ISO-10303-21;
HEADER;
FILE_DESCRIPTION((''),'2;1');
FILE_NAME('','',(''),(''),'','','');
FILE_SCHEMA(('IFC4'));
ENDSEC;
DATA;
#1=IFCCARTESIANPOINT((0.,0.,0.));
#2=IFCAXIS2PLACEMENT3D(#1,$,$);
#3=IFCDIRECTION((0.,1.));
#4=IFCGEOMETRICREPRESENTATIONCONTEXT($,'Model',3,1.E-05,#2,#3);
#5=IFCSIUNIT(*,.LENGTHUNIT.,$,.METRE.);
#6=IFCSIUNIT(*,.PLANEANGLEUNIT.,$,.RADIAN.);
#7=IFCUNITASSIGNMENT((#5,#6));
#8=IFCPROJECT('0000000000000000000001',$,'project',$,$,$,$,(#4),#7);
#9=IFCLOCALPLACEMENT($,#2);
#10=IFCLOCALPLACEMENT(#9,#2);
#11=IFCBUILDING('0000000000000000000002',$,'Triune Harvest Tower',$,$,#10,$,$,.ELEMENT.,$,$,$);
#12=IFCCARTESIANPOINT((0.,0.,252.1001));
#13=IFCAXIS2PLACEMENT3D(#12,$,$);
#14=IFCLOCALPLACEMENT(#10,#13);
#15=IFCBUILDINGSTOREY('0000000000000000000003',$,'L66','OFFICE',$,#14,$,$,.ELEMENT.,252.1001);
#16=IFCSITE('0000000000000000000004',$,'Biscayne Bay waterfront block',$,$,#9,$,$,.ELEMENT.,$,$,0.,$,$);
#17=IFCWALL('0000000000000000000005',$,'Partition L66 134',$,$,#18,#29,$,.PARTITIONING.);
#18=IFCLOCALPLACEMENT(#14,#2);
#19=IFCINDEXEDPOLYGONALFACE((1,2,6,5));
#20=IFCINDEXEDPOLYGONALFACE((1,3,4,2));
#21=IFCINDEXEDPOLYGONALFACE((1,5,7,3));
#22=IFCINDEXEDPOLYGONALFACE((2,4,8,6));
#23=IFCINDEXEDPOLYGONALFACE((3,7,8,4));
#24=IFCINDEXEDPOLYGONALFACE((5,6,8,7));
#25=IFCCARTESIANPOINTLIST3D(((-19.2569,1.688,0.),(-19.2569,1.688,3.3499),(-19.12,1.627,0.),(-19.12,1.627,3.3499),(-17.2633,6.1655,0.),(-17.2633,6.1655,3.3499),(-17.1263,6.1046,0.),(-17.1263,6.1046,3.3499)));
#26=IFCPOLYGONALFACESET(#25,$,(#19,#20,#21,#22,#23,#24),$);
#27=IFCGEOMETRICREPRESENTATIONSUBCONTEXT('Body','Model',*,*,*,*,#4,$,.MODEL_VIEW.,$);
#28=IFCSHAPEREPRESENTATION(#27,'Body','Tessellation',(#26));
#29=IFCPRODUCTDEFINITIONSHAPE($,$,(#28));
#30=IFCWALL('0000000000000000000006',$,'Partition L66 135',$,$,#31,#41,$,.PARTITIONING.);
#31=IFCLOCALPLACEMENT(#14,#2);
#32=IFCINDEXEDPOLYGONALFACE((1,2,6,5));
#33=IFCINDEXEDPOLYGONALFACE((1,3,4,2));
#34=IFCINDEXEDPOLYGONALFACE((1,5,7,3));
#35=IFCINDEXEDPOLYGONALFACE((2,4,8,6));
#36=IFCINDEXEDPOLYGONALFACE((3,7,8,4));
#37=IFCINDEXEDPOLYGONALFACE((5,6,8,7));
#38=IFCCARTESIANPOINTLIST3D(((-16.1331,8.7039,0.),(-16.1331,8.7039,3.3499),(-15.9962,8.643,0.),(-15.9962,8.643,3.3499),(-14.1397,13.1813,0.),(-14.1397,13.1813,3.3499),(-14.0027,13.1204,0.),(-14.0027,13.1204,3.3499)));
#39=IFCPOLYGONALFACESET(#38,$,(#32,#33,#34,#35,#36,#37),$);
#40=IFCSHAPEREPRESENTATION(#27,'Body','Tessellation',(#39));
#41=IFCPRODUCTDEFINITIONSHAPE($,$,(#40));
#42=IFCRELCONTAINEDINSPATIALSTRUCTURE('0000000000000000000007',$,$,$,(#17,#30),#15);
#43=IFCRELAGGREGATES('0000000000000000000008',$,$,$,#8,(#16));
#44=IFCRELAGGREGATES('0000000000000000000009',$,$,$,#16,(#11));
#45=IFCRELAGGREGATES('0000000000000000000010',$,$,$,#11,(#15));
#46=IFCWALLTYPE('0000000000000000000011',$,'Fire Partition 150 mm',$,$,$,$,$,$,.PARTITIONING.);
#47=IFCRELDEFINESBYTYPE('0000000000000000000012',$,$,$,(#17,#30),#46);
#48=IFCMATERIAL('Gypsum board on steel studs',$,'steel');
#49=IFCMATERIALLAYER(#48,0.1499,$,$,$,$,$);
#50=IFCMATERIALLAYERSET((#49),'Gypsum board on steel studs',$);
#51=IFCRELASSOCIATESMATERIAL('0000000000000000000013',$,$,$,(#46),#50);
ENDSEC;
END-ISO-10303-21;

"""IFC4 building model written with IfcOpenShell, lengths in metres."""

from ifc_helpers import new_model, si_unit, direction, frame, frame_2d, origin, place, context, subcontext, project, spatial, rectangle, extrude, source, transform, mapped, material, layer, layer_set, type_object, element, save


model = new_model("IFC4")

# Units and contexts
model_context = context("Model", 3, precision=1e-05, world=origin(), true_north=direction((0.0, 1.0)))
body_context = subcontext(model_context, "Body", "Model", "MODEL_VIEW")
ifc_project = project(units=[si_unit("LENGTHUNIT", "METRE"), si_unit("PLANEANGLEUNIT", "RADIAN")], contexts=[model_context])

# Site, building, storey
site_placement = place(None, origin())
site = spatial("IfcSite", under=ifc_project, at=site_placement, Name="Biscayne Bay waterfront block", CompositionType="ELEMENT", RefElevation=0.0)
building_placement = place(site_placement, origin())
building = spatial("IfcBuilding", under=site, at=building_placement, Name="Triune Harvest Tower", CompositionType="ELEMENT")
storey_placement = place(building_placement, frame((0.0, 0.0, 252.1001)))
storey = spatial("IfcBuildingStorey", under=building, at=storey_placement, Name="L66", Description="OFFICE", CompositionType="ELEMENT", Elevation=252.1001)

# Shared definitions
ifc_material_1 = material(Name="Gypsum board on steel studs", Category="steel")
ifc_layer_1 = layer(ifc_material_1, 0.1499)
ifc_layer_set_1 = layer_set([ifc_layer_1], Name="Gypsum board on steel studs")
wall_type_1 = type_object("IfcWallType", Name="Fire Partition 150 mm", PredefinedType="PARTITIONING", material=ifc_layer_set_1)

# Walls
shared_shape_1 = source(origin(), body_context, "Body", "SweptSolid", [
    extrude(rectangle(XDim=4.9014, YDim=0.1499, at=frame_2d((2.4507, 0.0))), origin(), (0.0, 0.0, 1.0), 3.3499),
])
wall_1_placement = place(storey_placement, frame((-19.1885, 1.6575, 0.0), z_axis=(0.0, 0.0, 1.0), x_axis=(0.406758, 0.913536, 0.0)))
element("IfcWall", 1, at=wall_1_placement, inside=storey, type_object=wall_type_1, Name="Partition L66 134", PredefinedType="PARTITIONING", context=body_context, shape_type="MappedRepresentation", body=[
    mapped(shared_shape_1, transform((0.0, 0.0, 0.0), scale=1.0)),
])
shared_shape_2 = source(origin(), body_context, "Body", "SweptSolid", [
    extrude(rectangle(XDim=4.9011, YDim=0.1499, at=frame_2d((2.4507, 0.0))), origin(), (0.0, 0.0, 1.0), 3.3499),
])
wall_2_placement = place(storey_placement, frame((-16.0647, 8.6733, 0.0), z_axis=(0.0, 0.0, 1.0), x_axis=(0.406735, 0.913546, 0.0)))
element("IfcWall", 2, at=wall_2_placement, inside=storey, type_object=wall_type_1, Name="Partition L66 135", PredefinedType="PARTITIONING", context=body_context, shape_type="MappedRepresentation", body=[
    mapped(shared_shape_2, transform((0.0, 0.0, 0.0), scale=1.0)),
])

save(model, "model.ifc")
